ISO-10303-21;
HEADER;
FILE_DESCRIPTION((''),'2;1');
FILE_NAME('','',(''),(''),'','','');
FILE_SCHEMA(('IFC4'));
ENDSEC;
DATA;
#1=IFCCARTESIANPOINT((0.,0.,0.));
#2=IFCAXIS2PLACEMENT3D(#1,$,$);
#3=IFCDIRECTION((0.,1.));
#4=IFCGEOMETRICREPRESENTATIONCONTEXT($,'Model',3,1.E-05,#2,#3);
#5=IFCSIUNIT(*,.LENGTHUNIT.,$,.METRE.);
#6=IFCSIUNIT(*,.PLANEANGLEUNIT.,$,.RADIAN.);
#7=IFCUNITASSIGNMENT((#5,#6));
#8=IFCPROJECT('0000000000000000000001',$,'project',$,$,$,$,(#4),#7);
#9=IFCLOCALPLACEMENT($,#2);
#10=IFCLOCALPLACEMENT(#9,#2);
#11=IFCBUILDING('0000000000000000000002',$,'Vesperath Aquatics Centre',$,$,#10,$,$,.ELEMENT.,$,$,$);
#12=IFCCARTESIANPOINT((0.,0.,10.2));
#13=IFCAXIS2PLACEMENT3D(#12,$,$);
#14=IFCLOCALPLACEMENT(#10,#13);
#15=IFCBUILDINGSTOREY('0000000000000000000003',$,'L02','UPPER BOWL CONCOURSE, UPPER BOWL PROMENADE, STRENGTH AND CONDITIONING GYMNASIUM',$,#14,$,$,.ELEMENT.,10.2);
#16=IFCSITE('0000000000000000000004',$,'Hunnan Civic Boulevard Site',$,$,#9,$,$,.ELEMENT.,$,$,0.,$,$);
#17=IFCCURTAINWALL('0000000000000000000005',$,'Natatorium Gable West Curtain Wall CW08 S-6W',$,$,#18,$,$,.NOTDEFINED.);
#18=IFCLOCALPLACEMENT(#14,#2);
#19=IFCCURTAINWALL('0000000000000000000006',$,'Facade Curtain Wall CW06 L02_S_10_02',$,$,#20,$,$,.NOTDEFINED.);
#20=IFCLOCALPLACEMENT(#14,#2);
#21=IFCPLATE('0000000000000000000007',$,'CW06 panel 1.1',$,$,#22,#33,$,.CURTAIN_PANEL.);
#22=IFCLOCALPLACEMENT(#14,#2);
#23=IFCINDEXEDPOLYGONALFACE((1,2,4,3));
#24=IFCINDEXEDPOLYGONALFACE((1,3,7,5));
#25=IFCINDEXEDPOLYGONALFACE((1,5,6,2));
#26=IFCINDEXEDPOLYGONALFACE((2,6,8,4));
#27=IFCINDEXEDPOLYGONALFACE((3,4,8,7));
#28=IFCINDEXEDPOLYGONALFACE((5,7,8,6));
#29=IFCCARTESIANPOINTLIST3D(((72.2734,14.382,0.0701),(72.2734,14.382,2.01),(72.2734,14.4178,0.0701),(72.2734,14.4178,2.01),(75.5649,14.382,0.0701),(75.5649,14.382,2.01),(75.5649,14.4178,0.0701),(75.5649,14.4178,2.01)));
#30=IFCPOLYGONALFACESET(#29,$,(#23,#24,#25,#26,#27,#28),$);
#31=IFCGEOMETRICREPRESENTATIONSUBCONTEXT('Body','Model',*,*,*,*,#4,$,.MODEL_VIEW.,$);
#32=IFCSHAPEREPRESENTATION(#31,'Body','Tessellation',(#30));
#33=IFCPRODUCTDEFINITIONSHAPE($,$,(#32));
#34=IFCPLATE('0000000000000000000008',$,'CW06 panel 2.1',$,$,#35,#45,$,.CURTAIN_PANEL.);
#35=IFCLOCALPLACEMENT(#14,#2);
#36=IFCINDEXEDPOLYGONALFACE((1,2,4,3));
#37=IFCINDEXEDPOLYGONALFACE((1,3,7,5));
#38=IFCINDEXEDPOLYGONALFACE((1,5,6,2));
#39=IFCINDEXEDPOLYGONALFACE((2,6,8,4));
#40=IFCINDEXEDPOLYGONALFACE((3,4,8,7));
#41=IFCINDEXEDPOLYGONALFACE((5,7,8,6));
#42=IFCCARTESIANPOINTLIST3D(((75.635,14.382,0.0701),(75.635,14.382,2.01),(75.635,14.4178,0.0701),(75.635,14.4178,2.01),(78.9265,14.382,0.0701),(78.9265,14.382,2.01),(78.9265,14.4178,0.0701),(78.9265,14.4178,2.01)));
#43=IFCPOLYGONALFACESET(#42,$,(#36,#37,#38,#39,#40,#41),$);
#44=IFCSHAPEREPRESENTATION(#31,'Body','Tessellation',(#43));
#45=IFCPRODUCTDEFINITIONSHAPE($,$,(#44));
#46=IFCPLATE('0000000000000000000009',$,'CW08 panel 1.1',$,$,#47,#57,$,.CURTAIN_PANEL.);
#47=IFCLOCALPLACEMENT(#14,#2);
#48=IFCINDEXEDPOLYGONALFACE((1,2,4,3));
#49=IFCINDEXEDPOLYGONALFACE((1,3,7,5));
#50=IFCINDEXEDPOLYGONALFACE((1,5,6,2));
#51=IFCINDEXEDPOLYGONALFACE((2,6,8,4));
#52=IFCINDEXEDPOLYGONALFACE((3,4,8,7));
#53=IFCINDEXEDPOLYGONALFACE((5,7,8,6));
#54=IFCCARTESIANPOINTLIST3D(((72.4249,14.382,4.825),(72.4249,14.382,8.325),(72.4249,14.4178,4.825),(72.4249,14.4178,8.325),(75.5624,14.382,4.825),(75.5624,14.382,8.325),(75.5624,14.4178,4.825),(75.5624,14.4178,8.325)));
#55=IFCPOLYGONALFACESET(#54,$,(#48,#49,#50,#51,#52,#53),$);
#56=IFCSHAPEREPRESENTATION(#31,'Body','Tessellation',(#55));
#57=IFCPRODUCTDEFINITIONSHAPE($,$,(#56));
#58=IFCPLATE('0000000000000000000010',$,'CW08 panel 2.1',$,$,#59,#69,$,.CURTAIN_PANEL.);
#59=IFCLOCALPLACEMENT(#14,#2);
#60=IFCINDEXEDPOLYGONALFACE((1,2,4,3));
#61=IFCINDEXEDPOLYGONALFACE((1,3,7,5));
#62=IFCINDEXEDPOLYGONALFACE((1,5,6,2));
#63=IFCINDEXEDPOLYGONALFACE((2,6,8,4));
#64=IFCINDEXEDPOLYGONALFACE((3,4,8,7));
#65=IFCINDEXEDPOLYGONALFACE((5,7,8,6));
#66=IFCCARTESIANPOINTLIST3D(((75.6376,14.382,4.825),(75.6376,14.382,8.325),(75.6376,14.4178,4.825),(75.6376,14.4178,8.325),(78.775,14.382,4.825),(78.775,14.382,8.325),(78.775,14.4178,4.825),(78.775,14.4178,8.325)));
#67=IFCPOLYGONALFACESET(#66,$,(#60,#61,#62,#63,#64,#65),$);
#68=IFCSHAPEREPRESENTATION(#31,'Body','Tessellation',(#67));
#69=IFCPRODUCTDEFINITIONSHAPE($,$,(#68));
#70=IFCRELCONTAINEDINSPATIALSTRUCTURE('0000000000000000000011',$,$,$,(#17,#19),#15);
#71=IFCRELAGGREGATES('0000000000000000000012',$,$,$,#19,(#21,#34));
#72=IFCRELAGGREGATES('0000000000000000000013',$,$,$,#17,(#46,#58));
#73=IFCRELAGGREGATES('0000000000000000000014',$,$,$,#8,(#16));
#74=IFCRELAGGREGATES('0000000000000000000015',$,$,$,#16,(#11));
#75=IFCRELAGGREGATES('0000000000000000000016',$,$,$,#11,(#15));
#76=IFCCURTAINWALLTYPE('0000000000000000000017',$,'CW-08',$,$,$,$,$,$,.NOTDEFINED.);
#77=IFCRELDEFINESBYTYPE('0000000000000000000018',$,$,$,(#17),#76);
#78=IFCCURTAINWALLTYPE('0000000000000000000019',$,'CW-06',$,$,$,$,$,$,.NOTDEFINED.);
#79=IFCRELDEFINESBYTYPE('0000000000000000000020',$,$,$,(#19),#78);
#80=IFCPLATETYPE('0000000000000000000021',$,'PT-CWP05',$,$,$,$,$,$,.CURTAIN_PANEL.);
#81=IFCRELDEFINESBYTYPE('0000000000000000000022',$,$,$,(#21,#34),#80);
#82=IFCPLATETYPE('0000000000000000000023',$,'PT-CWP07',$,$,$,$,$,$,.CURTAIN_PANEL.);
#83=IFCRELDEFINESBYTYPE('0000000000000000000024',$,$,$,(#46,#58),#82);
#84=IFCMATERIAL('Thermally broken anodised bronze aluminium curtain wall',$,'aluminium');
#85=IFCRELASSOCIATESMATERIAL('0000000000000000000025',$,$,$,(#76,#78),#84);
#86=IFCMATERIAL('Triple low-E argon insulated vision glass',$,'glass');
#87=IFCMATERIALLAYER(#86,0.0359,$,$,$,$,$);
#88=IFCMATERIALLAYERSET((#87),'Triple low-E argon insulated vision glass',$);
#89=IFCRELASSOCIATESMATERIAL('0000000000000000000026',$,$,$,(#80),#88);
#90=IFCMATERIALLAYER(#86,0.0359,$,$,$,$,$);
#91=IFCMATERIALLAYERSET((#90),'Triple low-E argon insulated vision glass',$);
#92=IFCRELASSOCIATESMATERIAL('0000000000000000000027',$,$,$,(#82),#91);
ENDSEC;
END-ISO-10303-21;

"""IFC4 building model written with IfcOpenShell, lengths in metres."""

from ifc_helpers import new_model, si_unit, direction, frame, origin, origin_2d, place, context, subcontext, project, spatial, rectangle, extrude, material, layer, layer_set, type_object, element, aggregate, save


model = new_model("IFC4")

# Units and contexts
model_context = context("Model", 3, precision=1e-05, world=origin(), true_north=direction((0.0, 1.0)))
body_context = subcontext(model_context, "Body", "Model", "MODEL_VIEW")
ifc_project = project(units=[si_unit("LENGTHUNIT", "METRE"), si_unit("PLANEANGLEUNIT", "RADIAN")], contexts=[model_context])

# Site, building, storey
site_placement = place(None, origin())
site = spatial("IfcSite", under=ifc_project, at=site_placement, Name="Hunnan Civic Boulevard Site", CompositionType="ELEMENT", RefElevation=0.0)
building_placement = place(site_placement, origin())
building = spatial("IfcBuilding", under=site, at=building_placement, Name="Vesperath Aquatics Centre", CompositionType="ELEMENT")
storey_placement = place(building_placement, frame((0.0, 0.0, 10.2)))
storey = spatial("IfcBuildingStorey", under=building, at=storey_placement, Name="L02", Description="UPPER BOWL CONCOURSE, UPPER BOWL PROMENADE, STRENGTH AND CONDITIONING GYMNASIUM", CompositionType="ELEMENT", Elevation=10.2)

# Shared definitions
ifc_material_1 = material(Name="Thermally broken anodised bronze aluminium curtain wall", Category="aluminium")
curtain_wall_type_1 = type_object("IfcCurtainWallType", Name="CW-08", PredefinedType="NOTDEFINED", material=ifc_material_1)

# Curtain wall
curtain_wall_1_placement = place(storey_placement, origin())
curtain_wall_1 = element("IfcCurtainWall", 1, at=curtain_wall_1_placement, inside=storey, type_object=curtain_wall_type_1, Name="Natatorium Gable West Curtain Wall CW08 S-6W", PredefinedType="NOTDEFINED")

# Shared definitions
curtain_wall_type_2 = type_object("IfcCurtainWallType", Name="CW-06", PredefinedType="NOTDEFINED", material=ifc_material_1)

# Curtain wall
curtain_wall_2_placement = place(storey_placement, origin())
curtain_wall_2 = element("IfcCurtainWall", 2, at=curtain_wall_2_placement, inside=storey, type_object=curtain_wall_type_2, Name="Facade Curtain Wall CW06 L02_S_10_02", PredefinedType="NOTDEFINED")

# Plates
ifc_material_2 = material(Name="Triple low-E argon insulated vision glass", Category="glass")
ifc_layer_1 = layer(ifc_material_2, 0.0359)
ifc_layer_set_1 = layer_set([ifc_layer_1], Name="Triple low-E argon insulated vision glass")
plate_type_1 = type_object("IfcPlateType", Name="PT-CWP05", PredefinedType="CURTAIN_PANEL", material=ifc_layer_set_1)
plate_1_placement = place(storey_placement, frame((73.9192, 14.3999, 0.0701), z_axis=(0.0, 0.0, 1.0), x_axis=(1.0, 0.0, 0.0)))
plate_1 = element("IfcPlate", 3, at=plate_1_placement, type_object=plate_type_1, Name="CW06 panel 1.1", PredefinedType="CURTAIN_PANEL", context=body_context, shape_type="SweptSolid", body=[
    extrude(rectangle(XDim=3.2915, YDim=0.0359, at=origin_2d()), origin(), (0.0, 0.0, 1.0), 1.9399),
])
plate_2_placement = place(storey_placement, frame((77.2808, 14.3999, 0.0701), z_axis=(0.0, 0.0, 1.0), x_axis=(1.0, 0.0, 0.0)))
plate_2 = element("IfcPlate", 4, at=plate_2_placement, type_object=plate_type_1, Name="CW06 panel 2.1", PredefinedType="CURTAIN_PANEL", context=body_context, shape_type="SweptSolid", body=[
    extrude(rectangle(XDim=3.2915, YDim=0.0359, at=origin_2d()), origin(), (0.0, 0.0, 1.0), 1.9399),
])
aggregate(curtain_wall_2, [plate_1, plate_2])
ifc_layer_2 = layer(ifc_material_2, 0.0359)
ifc_layer_set_2 = layer_set([ifc_layer_2], Name="Triple low-E argon insulated vision glass")
plate_type_2 = type_object("IfcPlateType", Name="PT-CWP07", PredefinedType="CURTAIN_PANEL", material=ifc_layer_set_2)
plate_3_placement = place(storey_placement, frame((73.9937, 14.3999, 4.825), z_axis=(0.0, 0.0, 1.0), x_axis=(1.0, 0.0, 0.0)))
plate_3 = element("IfcPlate", 5, at=plate_3_placement, type_object=plate_type_2, Name="CW08 panel 1.1", PredefinedType="CURTAIN_PANEL", context=body_context, shape_type="SweptSolid", body=[
    extrude(rectangle(XDim=3.1375, YDim=0.0359, at=origin_2d()), origin(), (0.0, 0.0, 1.0), 3.5),
])
plate_4_placement = place(storey_placement, frame((77.2063, 14.3999, 4.825), z_axis=(0.0, 0.0, 1.0), x_axis=(1.0, 0.0, 0.0)))
plate_4 = element("IfcPlate", 6, at=plate_4_placement, type_object=plate_type_2, Name="CW08 panel 2.1", PredefinedType="CURTAIN_PANEL", context=body_context, shape_type="SweptSolid", body=[
    extrude(rectangle(XDim=3.1375, YDim=0.0359, at=origin_2d()), origin(), (0.0, 0.0, 1.0), 3.5),
])
aggregate(curtain_wall_1, [plate_3, plate_4])

save(model, "model.ifc")
